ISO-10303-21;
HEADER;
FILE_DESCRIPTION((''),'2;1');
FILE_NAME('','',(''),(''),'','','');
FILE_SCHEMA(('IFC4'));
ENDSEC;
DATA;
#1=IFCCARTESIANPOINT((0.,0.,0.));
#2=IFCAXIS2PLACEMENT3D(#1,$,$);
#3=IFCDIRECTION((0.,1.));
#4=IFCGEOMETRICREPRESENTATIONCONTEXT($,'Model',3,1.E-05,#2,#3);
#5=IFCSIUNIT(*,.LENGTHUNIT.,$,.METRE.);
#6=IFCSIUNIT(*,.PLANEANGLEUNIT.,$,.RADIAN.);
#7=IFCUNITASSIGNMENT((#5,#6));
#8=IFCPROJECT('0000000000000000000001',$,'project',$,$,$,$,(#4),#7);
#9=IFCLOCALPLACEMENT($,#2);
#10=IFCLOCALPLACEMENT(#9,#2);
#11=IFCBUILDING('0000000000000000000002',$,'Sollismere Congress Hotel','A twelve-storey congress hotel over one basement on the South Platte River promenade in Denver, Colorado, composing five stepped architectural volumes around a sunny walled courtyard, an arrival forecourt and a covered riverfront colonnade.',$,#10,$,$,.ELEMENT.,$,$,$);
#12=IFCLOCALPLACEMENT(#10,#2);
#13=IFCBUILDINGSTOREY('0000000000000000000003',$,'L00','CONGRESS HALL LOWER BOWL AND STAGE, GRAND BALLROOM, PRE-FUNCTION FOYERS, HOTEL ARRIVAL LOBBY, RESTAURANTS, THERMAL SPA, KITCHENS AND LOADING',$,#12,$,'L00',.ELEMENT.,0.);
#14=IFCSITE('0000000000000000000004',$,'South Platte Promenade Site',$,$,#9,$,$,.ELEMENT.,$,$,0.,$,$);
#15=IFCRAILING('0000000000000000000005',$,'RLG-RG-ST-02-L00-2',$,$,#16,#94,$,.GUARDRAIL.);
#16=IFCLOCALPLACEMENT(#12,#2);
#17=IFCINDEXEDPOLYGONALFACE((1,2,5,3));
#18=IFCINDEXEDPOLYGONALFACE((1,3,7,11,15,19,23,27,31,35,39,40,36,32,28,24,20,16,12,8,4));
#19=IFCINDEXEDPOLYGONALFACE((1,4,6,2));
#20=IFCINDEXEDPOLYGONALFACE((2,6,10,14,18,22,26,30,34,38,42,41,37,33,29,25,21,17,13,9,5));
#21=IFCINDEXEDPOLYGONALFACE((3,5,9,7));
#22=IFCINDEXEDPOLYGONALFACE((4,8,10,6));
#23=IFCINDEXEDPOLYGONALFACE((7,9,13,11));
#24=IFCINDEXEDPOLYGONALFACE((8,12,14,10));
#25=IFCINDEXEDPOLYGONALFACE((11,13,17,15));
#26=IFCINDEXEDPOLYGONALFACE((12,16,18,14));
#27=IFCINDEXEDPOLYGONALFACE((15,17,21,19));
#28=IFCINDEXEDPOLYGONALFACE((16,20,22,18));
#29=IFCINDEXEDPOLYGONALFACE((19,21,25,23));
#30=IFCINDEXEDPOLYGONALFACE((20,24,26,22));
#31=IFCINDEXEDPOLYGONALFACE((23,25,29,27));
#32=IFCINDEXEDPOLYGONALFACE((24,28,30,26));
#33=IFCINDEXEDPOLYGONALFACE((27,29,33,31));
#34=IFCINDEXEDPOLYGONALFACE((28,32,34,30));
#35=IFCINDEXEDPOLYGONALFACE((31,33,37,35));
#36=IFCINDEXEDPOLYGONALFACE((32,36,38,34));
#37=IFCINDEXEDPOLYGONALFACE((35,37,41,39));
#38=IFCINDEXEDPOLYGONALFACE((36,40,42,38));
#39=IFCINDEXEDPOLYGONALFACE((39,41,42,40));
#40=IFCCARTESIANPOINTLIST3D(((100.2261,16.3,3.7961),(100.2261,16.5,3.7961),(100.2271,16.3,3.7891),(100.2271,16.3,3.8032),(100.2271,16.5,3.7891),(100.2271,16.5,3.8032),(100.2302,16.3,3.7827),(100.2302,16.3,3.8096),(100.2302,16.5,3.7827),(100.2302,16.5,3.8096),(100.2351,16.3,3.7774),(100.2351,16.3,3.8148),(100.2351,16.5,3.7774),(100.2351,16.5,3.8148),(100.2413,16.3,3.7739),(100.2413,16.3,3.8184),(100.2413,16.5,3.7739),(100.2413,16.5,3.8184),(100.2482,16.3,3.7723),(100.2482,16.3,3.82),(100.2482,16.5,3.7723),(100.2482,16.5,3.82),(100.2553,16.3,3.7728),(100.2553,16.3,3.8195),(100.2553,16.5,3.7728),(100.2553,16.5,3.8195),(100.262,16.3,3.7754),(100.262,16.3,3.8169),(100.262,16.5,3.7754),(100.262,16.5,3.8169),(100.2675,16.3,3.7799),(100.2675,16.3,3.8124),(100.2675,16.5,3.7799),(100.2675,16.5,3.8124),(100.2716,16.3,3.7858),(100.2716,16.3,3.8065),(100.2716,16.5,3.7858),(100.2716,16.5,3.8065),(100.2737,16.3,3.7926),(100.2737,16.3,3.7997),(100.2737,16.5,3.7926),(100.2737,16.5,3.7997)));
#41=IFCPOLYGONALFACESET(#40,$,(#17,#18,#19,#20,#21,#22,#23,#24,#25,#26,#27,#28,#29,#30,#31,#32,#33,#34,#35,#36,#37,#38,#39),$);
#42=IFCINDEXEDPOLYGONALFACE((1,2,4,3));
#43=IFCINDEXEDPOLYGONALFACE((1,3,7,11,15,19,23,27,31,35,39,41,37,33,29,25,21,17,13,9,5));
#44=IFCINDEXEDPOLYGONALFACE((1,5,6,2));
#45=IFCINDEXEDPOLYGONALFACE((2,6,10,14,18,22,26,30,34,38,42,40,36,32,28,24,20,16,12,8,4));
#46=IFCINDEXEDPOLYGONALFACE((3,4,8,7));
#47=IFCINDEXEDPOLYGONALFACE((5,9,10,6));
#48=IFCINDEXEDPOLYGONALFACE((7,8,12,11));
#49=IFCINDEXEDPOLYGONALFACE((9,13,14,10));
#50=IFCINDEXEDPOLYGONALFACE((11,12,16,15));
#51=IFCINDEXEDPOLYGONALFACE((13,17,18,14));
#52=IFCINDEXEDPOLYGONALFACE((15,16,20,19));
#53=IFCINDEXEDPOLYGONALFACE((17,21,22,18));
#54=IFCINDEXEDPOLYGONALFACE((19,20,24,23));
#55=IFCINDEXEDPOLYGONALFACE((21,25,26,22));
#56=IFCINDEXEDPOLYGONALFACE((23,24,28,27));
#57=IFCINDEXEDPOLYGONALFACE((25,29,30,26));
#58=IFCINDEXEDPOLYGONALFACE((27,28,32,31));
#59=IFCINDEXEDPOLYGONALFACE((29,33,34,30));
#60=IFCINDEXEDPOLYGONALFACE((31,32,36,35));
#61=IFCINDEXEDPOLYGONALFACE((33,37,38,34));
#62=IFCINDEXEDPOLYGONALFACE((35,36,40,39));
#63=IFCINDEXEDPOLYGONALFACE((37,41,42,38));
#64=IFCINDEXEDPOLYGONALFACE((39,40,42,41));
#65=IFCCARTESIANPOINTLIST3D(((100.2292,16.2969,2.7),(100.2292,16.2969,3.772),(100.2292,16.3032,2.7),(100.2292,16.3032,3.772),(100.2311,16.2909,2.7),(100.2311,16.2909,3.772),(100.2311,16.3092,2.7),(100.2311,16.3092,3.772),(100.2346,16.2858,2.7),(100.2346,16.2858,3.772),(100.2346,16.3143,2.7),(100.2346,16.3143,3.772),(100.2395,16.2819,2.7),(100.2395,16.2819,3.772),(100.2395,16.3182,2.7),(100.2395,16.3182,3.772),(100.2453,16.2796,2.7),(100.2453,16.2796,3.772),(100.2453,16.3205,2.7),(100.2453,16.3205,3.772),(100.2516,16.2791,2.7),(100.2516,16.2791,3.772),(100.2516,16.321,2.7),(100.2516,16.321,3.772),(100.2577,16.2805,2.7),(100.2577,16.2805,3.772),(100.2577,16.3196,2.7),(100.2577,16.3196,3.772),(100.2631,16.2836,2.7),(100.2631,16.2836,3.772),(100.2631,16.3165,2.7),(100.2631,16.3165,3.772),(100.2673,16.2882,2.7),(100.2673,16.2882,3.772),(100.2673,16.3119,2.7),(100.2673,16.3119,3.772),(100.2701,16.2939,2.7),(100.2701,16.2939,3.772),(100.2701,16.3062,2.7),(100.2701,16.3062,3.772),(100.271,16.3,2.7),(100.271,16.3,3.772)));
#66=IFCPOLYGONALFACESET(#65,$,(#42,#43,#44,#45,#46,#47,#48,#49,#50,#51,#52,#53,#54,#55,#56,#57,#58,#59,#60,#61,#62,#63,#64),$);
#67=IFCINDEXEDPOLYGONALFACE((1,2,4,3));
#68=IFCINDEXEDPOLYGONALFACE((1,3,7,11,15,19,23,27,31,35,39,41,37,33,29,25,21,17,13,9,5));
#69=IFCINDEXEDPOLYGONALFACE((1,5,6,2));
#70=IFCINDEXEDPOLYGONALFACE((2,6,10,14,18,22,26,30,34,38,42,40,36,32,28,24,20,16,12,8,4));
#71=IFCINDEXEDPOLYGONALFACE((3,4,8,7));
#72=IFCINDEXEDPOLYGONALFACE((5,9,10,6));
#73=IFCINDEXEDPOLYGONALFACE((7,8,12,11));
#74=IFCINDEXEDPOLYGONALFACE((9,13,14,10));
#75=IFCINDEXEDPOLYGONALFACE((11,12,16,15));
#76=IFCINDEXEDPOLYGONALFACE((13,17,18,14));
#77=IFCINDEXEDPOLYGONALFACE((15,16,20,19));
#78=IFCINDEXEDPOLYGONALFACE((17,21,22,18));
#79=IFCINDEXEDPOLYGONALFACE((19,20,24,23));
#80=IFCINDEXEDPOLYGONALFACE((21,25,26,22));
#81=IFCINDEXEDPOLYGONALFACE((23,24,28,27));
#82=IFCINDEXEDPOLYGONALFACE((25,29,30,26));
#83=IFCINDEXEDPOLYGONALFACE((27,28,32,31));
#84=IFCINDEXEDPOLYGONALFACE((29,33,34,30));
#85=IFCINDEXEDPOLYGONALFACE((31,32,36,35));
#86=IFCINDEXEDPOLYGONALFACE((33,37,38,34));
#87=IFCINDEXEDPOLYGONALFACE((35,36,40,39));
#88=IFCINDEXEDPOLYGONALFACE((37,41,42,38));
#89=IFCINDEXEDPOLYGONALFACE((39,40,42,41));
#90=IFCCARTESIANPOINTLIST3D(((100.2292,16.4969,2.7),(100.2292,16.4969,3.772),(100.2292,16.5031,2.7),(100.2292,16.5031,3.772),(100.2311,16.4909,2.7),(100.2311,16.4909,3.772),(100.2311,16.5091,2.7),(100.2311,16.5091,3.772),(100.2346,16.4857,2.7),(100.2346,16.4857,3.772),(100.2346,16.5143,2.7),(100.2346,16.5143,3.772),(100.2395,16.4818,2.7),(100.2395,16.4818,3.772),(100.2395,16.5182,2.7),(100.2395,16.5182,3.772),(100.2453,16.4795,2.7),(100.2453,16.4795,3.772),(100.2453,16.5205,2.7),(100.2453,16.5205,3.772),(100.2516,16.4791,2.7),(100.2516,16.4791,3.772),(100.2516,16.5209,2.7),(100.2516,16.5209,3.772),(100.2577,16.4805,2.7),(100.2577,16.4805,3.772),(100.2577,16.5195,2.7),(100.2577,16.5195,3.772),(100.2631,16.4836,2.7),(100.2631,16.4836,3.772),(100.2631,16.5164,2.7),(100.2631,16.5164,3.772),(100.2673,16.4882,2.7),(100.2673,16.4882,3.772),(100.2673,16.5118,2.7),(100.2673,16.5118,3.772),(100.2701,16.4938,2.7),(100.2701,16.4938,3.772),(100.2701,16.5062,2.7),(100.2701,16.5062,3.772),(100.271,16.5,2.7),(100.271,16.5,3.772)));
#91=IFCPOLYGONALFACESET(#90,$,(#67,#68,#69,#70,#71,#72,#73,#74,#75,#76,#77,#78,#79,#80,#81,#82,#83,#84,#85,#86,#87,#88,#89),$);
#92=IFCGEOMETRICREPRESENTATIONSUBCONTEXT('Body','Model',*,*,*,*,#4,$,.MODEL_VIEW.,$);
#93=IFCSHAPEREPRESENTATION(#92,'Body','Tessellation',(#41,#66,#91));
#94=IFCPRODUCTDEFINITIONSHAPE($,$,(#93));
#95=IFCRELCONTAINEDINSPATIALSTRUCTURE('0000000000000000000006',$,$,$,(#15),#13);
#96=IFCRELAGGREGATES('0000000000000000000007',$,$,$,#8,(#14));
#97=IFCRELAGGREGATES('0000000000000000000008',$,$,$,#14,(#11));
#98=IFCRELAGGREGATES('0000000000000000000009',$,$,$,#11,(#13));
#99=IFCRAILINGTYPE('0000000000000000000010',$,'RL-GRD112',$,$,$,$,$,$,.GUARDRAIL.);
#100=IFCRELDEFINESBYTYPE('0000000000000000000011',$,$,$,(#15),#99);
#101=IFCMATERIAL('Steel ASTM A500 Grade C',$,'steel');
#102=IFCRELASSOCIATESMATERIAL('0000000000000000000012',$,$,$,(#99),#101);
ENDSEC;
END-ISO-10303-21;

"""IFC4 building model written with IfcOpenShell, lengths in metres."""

from ifc_helpers import new_model, si_unit, direction, frame, origin, origin_2d, place, context, subcontext, project, spatial, circle, extrude, material, type_object, element, save


model = new_model("IFC4")

# Units and contexts
model_context = context("Model", 3, precision=1e-05, world=origin(), true_north=direction((0.0, 1.0)))
body_context = subcontext(model_context, "Body", "Model", "MODEL_VIEW")
ifc_project = project(units=[si_unit("LENGTHUNIT", "METRE"), si_unit("PLANEANGLEUNIT", "RADIAN")], contexts=[model_context])

# Site, building, storey
site_placement = place(None, origin())
site = spatial("IfcSite", under=ifc_project, at=site_placement, Name="South Platte Promenade Site", CompositionType="ELEMENT", RefElevation=0.0)
building_placement = place(site_placement, origin())
building = spatial("IfcBuilding", under=site, at=building_placement, Name="Sollismere Congress Hotel", Description="A twelve-storey congress hotel over one basement on the South Platte River promenade in Denver, Colorado, composing five stepped architectural volumes around a sunny walled courtyard, an arrival forecourt and a covered riverfront colonnade.", CompositionType="ELEMENT")
storey_placement = place(building_placement, origin())
storey = spatial("IfcBuildingStorey", under=building, at=storey_placement, Name="L00", Description="CONGRESS HALL LOWER BOWL AND STAGE, GRAND BALLROOM, PRE-FUNCTION FOYERS, HOTEL ARRIVAL LOBBY, RESTAURANTS, THERMAL SPA, KITCHENS AND LOADING", LongName="L00", CompositionType="ELEMENT", Elevation=0.0)

# Shared definitions
ifc_material_1 = material(Name="Steel ASTM A500 Grade C", Category="steel")

# Railing
railing_type_1 = type_object("IfcRailingType", Name="RL-GRD112", PredefinedType="GUARDRAIL", material=ifc_material_1)
railing_1_placement = place(storey_placement, frame((100.25, 16.3, 2.7)))
element("IfcRailing", 1, at=railing_1_placement, inside=storey, type_object=railing_type_1, Name="RLG-RG-ST-02-L00-2", PredefinedType="GUARDRAIL", context=body_context, shape_type="SweptSolid", body=[
    extrude(circle(Radius=0.0239, at=origin_2d()), frame((0.0, 0.0, 1.0962), z_axis=(0.0, 1.0, 0.0), x_axis=(-1.0, 0.0, 0.0)), (0.0, 0.0, 1.0), 0.2),
    extrude(circle(Radius=0.021, at=origin_2d()), origin(), (0.0, 0.0, 1.0), 1.072),
    extrude(circle(Radius=0.021, at=origin_2d()), frame((0.0, 0.2, 0.0)), (0.0, 0.0, 1.0), 1.072),
])

save(model, "model.ifc")
